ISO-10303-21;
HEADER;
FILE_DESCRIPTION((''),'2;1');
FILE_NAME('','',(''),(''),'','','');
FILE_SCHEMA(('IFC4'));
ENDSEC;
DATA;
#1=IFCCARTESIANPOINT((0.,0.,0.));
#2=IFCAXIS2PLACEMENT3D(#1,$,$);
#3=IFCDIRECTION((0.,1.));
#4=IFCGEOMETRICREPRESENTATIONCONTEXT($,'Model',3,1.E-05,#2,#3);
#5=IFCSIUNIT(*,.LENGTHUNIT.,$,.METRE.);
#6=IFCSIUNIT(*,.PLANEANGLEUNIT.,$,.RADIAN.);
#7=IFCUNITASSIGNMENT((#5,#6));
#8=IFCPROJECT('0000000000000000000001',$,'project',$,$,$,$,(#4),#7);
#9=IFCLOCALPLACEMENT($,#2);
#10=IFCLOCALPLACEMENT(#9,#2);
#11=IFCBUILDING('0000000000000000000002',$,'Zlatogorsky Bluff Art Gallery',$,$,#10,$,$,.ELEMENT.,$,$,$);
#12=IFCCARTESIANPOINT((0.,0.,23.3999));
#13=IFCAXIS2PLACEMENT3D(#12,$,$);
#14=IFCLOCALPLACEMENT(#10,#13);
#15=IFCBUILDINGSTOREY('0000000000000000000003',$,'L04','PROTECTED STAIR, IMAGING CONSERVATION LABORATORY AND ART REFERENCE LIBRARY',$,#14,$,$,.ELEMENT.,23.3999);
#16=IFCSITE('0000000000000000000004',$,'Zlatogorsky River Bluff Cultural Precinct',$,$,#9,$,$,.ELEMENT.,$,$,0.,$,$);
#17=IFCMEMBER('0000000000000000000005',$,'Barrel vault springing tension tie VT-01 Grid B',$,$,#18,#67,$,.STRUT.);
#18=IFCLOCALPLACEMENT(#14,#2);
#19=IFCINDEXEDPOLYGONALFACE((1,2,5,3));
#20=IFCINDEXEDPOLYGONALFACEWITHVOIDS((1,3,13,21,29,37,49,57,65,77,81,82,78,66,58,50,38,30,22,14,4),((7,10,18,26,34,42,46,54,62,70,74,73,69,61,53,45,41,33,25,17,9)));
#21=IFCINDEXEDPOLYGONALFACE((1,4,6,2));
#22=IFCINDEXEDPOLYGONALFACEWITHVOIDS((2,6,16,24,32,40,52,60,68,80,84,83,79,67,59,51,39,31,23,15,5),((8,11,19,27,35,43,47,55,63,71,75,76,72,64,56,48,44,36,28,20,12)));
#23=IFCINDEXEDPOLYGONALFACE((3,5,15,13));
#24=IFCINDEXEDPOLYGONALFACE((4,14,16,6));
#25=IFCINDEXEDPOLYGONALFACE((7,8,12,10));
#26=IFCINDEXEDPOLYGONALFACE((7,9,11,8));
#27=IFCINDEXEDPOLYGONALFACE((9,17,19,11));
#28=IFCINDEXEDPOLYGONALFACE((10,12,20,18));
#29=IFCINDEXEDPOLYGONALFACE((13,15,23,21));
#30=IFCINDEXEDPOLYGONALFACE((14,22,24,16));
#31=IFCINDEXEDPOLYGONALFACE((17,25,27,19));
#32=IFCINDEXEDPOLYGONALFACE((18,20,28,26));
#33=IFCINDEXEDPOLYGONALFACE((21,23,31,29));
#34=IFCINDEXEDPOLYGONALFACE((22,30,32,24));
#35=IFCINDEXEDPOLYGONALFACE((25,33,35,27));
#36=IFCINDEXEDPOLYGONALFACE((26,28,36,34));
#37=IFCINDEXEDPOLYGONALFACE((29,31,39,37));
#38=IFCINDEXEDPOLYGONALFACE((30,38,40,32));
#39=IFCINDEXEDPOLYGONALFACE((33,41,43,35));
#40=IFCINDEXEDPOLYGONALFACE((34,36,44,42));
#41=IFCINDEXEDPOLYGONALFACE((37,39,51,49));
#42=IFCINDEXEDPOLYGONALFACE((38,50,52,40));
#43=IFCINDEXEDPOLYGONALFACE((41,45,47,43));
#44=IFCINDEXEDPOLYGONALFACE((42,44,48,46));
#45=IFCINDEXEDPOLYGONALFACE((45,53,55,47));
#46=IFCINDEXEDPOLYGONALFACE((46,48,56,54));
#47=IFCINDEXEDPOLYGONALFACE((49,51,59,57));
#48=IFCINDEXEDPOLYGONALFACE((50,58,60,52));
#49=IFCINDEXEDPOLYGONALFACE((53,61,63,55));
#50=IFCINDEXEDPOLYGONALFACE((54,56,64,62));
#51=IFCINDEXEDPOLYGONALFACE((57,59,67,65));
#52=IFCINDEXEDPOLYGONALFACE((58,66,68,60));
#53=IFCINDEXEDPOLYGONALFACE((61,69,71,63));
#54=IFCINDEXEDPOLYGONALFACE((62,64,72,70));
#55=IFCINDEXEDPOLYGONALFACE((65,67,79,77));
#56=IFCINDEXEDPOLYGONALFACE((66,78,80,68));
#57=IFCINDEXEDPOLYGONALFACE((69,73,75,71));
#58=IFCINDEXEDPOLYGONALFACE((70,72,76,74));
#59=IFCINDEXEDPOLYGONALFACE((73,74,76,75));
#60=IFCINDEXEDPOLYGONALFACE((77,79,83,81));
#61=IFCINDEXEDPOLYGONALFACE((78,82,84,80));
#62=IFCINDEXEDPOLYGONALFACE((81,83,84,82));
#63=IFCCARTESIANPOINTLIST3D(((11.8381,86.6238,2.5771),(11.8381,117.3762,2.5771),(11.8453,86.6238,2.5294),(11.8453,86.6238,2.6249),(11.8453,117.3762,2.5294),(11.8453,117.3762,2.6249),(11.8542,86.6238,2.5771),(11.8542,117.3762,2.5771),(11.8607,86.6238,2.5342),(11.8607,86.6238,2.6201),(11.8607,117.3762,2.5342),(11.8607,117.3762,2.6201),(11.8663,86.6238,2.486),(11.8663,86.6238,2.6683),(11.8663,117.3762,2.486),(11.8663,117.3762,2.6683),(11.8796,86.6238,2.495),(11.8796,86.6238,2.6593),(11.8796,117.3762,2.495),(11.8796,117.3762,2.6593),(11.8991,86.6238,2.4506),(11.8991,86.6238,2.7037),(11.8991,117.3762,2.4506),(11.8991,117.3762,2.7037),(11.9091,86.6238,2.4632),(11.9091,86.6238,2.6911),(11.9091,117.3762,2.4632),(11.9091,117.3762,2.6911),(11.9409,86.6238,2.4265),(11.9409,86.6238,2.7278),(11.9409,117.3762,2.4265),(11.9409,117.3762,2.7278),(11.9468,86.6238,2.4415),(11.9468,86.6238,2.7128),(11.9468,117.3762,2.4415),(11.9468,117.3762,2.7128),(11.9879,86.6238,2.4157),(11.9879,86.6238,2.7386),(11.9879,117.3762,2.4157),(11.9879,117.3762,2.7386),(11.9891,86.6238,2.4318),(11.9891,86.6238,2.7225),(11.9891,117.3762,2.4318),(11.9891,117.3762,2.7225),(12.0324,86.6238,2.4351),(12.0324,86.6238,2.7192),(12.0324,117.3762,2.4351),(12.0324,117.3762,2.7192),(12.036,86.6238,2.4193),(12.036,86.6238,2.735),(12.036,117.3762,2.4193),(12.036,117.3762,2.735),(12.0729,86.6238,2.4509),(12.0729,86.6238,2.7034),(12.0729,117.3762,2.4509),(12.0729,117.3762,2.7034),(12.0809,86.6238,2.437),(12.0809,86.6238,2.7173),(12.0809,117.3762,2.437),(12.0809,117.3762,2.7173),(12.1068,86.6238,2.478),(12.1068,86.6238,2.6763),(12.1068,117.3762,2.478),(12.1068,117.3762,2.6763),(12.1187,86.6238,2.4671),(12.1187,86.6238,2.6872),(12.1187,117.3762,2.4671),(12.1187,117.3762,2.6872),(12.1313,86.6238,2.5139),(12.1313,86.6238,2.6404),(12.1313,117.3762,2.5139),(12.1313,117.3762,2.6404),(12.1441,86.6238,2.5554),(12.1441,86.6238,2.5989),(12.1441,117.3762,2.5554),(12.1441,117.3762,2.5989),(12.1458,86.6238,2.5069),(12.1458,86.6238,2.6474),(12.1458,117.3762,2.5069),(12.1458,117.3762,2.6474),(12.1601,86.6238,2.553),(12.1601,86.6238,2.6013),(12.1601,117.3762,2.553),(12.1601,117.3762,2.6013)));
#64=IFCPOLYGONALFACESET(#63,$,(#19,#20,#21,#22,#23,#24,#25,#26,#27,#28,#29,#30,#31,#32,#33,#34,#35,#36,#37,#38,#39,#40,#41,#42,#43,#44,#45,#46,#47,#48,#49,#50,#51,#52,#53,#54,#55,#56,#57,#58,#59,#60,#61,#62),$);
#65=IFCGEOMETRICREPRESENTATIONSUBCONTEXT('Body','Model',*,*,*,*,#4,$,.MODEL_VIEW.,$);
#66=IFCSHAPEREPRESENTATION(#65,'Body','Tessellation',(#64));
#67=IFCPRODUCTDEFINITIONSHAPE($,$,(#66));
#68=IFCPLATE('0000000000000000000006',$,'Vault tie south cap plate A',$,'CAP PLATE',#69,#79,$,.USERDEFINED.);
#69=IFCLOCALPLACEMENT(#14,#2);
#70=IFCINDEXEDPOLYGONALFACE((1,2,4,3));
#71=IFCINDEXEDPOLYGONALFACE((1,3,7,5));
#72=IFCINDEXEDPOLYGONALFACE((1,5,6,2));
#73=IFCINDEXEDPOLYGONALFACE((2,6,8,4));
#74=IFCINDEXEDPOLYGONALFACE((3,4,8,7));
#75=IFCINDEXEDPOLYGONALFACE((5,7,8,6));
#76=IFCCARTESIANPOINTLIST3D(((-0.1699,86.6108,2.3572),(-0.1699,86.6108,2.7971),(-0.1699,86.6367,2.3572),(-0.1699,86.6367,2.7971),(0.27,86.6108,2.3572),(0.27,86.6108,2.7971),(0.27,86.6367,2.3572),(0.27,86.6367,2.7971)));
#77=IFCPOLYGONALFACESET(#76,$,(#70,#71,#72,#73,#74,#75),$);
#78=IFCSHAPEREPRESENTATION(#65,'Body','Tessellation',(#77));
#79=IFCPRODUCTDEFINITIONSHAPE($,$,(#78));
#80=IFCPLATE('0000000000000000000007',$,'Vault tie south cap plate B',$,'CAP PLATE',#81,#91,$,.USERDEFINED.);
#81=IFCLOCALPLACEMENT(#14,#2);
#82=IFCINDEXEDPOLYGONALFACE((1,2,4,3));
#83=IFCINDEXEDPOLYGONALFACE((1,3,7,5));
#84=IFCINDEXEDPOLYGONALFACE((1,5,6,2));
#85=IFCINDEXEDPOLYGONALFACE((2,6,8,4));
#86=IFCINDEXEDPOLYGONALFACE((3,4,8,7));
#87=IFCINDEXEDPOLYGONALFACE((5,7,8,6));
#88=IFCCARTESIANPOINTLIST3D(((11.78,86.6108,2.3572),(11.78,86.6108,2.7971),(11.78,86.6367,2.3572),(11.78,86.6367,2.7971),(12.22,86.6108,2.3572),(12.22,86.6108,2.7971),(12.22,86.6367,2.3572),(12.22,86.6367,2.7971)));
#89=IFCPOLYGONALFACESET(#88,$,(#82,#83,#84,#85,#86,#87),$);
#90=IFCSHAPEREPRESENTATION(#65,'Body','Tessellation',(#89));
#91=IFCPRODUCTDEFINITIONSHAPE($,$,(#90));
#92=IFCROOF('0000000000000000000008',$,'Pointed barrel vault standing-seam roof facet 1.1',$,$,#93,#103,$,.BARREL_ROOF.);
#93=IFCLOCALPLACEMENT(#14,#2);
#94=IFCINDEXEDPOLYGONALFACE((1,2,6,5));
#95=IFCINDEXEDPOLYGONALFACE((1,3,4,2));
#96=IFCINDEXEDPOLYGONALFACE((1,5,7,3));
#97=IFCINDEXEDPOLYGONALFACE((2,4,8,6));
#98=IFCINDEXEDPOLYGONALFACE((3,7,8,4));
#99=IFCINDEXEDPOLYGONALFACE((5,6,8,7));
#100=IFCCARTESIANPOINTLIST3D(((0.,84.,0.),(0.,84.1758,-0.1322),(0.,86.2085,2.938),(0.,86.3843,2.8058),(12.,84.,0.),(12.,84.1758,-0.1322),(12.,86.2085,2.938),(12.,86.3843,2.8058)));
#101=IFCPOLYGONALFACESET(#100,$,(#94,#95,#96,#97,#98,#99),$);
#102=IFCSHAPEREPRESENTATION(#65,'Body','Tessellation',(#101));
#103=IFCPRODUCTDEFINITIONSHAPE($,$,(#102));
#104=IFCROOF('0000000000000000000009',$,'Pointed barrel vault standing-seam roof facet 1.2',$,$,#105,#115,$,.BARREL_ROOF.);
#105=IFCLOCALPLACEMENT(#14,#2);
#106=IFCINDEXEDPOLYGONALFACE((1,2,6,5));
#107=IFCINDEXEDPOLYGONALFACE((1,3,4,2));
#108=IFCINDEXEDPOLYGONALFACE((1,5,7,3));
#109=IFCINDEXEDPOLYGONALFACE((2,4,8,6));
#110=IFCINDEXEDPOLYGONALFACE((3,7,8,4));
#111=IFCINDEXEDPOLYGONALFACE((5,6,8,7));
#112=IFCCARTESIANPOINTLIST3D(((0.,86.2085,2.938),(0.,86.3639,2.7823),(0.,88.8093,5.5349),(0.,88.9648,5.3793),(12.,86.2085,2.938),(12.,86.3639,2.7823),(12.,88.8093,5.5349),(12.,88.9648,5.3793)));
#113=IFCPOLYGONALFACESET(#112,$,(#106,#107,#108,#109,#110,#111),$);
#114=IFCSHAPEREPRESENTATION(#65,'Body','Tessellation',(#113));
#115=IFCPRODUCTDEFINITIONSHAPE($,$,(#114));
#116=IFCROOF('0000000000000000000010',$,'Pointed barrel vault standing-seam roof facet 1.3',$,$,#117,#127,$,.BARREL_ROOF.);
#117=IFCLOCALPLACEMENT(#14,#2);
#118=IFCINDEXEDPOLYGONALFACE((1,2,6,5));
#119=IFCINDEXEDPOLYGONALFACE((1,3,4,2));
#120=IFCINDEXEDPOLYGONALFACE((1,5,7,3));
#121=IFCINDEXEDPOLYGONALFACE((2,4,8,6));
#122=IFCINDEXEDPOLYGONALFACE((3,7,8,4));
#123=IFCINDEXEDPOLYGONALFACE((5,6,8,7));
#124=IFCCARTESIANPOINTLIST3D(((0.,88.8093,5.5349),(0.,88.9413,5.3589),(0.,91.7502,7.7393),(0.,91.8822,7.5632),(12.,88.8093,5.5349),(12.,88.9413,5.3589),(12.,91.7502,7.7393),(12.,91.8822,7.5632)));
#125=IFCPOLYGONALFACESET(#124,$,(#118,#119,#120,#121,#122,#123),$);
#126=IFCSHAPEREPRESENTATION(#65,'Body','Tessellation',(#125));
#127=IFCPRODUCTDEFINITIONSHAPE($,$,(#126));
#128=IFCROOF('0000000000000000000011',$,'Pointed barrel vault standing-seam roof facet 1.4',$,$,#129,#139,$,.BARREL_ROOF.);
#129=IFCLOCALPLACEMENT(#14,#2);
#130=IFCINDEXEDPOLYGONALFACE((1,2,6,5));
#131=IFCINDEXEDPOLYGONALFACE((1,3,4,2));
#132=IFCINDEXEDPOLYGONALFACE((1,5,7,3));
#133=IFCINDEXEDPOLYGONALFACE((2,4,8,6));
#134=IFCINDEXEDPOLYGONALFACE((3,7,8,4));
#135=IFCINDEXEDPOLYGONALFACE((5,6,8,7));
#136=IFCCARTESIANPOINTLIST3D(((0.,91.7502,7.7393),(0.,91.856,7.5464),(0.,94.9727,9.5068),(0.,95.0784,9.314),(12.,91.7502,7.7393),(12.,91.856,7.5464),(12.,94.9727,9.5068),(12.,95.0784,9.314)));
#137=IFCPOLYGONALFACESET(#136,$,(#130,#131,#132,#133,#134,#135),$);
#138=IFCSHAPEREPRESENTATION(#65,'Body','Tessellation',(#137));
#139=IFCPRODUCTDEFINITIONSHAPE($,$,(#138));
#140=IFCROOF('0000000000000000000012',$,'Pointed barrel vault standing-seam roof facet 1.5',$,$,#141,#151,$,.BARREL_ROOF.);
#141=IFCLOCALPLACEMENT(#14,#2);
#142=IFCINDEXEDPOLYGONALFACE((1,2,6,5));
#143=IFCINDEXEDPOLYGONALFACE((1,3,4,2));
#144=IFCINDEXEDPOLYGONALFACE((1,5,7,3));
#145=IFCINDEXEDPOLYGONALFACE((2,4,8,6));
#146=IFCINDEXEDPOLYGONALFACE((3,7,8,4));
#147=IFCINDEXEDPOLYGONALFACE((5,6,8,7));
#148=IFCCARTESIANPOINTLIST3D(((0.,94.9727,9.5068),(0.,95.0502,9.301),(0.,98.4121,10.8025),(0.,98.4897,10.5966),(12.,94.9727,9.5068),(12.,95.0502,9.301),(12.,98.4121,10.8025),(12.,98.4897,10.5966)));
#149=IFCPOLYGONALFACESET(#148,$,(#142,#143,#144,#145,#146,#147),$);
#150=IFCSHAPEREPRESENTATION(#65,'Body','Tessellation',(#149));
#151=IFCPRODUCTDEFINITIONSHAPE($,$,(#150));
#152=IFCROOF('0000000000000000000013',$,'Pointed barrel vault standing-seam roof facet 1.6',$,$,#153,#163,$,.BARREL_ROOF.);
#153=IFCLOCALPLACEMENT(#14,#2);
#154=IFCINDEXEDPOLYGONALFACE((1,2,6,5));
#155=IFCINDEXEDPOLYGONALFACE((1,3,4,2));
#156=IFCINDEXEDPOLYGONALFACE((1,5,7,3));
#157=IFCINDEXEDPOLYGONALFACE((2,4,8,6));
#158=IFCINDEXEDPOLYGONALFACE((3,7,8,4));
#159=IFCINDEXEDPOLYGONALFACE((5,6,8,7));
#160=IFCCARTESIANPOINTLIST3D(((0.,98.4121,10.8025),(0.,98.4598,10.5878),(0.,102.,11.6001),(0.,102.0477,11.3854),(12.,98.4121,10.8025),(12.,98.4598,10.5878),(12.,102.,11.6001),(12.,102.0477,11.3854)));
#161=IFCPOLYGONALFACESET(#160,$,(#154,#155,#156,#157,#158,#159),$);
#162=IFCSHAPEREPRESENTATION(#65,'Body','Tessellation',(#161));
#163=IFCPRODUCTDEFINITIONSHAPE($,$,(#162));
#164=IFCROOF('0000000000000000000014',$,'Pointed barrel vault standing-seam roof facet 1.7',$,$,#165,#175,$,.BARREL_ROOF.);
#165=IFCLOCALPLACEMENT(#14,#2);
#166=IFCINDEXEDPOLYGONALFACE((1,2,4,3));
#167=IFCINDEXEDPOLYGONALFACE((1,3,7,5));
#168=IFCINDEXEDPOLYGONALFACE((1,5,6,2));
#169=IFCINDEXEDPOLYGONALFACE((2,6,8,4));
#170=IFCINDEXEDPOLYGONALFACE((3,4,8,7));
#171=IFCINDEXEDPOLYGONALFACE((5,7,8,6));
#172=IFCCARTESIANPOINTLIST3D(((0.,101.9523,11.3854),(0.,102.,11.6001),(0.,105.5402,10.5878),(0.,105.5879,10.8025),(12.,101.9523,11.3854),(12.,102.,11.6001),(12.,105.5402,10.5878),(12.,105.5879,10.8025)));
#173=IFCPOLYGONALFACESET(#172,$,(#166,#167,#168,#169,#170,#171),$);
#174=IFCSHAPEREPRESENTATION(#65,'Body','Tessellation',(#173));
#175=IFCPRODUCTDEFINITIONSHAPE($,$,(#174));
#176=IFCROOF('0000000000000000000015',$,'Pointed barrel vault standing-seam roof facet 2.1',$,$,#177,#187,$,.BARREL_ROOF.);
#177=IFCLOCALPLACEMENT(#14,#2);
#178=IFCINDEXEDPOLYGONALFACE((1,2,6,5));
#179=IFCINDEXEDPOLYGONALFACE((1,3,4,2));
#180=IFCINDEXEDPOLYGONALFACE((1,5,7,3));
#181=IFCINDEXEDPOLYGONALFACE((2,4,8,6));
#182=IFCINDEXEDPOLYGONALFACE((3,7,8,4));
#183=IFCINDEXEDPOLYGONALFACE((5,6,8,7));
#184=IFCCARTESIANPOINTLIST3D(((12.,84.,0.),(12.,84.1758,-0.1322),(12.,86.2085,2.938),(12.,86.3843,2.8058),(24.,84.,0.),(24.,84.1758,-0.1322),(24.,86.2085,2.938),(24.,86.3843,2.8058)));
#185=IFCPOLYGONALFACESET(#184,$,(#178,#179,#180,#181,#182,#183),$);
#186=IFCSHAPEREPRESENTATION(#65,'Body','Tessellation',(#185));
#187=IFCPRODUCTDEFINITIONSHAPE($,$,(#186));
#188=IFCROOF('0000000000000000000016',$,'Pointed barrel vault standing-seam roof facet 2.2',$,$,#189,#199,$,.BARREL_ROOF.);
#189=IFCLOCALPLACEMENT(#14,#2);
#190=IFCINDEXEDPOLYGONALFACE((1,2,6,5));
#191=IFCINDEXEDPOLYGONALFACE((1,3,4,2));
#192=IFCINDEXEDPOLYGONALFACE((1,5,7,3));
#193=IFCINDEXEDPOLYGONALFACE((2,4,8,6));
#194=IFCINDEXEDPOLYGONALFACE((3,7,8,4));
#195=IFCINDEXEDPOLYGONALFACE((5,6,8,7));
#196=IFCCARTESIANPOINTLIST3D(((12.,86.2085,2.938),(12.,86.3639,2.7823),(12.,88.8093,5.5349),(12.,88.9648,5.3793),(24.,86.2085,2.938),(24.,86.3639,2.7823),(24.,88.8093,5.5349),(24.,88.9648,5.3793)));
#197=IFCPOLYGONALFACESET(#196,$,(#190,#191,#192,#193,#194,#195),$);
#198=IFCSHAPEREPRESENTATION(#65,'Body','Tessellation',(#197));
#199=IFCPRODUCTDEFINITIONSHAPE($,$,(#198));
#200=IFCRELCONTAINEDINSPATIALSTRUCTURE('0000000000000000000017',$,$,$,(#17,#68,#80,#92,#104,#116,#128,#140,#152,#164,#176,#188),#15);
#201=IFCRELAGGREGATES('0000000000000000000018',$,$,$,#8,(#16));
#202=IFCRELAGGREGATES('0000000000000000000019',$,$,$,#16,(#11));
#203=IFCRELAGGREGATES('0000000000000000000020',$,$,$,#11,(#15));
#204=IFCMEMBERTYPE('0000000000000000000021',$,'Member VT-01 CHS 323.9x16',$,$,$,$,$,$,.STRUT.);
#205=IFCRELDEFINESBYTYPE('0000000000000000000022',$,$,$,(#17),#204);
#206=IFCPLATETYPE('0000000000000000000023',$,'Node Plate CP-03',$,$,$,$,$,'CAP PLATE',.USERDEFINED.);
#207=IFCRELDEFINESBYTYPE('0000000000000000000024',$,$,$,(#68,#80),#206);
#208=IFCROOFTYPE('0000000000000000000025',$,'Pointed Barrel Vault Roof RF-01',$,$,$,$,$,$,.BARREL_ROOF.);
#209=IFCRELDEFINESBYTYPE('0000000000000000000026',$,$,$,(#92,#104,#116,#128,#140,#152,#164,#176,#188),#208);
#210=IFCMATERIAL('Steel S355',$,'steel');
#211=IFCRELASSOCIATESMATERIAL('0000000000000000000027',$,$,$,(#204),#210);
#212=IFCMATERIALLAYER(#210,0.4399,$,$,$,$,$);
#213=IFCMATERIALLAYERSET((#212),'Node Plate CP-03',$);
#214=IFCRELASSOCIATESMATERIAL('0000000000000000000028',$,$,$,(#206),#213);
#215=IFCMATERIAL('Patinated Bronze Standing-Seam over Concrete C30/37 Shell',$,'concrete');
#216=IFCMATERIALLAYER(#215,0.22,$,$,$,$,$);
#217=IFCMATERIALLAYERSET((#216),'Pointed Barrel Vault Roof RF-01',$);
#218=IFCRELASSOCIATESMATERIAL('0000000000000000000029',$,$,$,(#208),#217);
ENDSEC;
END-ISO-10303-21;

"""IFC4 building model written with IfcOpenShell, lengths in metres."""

from ifc_helpers import new_model, si_unit, direction, frame, origin, origin_2d, place, context, subcontext, project, spatial, polyline, rectangle, hollow_circle, outline, extrude, material, layer, layer_set, material_profile, profile_set, type_object, element, save


model = new_model("IFC4")

# Units and contexts
model_context = context("Model", 3, precision=1e-05, world=origin(), true_north=direction((0.0, 1.0)))
body_context = subcontext(model_context, "Body", "Model", "MODEL_VIEW")
ifc_project = project(units=[si_unit("LENGTHUNIT", "METRE"), si_unit("PLANEANGLEUNIT", "RADIAN")], contexts=[model_context])

# Site, building, storey
site_placement = place(None, origin())
site = spatial("IfcSite", under=ifc_project, at=site_placement, Name="Zlatogorsky River Bluff Cultural Precinct", CompositionType="ELEMENT", RefElevation=0.0)
building_placement = place(site_placement, origin())
building = spatial("IfcBuilding", under=site, at=building_placement, Name="Zlatogorsky Bluff Art Gallery", CompositionType="ELEMENT")
storey_placement = place(building_placement, frame((0.0, 0.0, 23.3999)))
storey = spatial("IfcBuildingStorey", under=building, at=storey_placement, Name="L04", Description="PROTECTED STAIR, IMAGING CONSERVATION LABORATORY AND ART REFERENCE LIBRARY", CompositionType="ELEMENT", Elevation=23.3999)

# Shared definitions
ifc_material_1 = material(Name="Steel S355", Category="steel")

# Member
ifc_material_profile_1 = material_profile(ifc_material_1, hollow_circle(Radius=0.1619, WallThickness=0.0161, at=origin_2d()), Name="CHS 323.9x16")
ifc_profile_set_1 = profile_set([ifc_material_profile_1], Name="Steel S355")
member_type = type_object("IfcMemberType", Name="Member VT-01 CHS 323.9x16", PredefinedType="STRUT", material=ifc_profile_set_1)
for number, where, z_axis, x_axis, name in (
    (1, (12.0, 86.6238, 2.5771), (0.0, 1.0, 0.0), (-1.0, 0.0, 0.0), "Barrel vault springing tension tie VT-01 Grid B"),
):
    element("IfcMember", number, at=place(storey_placement, frame(where, z_axis=z_axis, x_axis=x_axis)), inside=storey, type_object=member_type, Name=name, PredefinedType="STRUT", context=body_context, shape_type="SweptSolid", body=[
        extrude(hollow_circle(Radius=0.1619, WallThickness=0.0161, at=origin_2d()), origin(), (0.0, 0.0, 1.0), 30.7524),
    ])

# Plates
ifc_layer_1 = layer(ifc_material_1, 0.4399)
ifc_layer_set_1 = layer_set([ifc_layer_1], Name="Node Plate CP-03")
plate_type = type_object("IfcPlateType", Name="Node Plate CP-03", ElementType="CAP PLATE", PredefinedType="USERDEFINED", material=ifc_layer_set_1)
for number, where, z_axis, x_axis, name in (
    (2, (0.05, 86.6238, 2.3572), (0.0, 0.0, 1.0), (1.0, 0.0, 0.0), "Vault tie south cap plate A"),
    (3, (12.0, 86.6238, 2.3572), (0.0, 0.0, 1.0), (1.0, 0.0, 0.0), "Vault tie south cap plate B"),
):
    element("IfcPlate", number, at=place(storey_placement, frame(where, z_axis=z_axis, x_axis=x_axis)), inside=storey, type_object=plate_type, Name=name, ObjectType="CAP PLATE", PredefinedType="USERDEFINED", context=body_context, shape_type="SweptSolid", body=[
        extrude(rectangle(XDim=0.4399, YDim=0.0259, at=origin_2d()), origin(), (0.0, 0.0, 1.0), 0.4399),
    ])

# Roofs
ifc_material_2 = material(Name="Patinated Bronze Standing-Seam over Concrete C30/37 Shell", Category="concrete")
ifc_layer_2 = layer(ifc_material_2, 0.22)
ifc_layer_set_2 = layer_set([ifc_layer_2], Name="Pointed Barrel Vault Roof RF-01")
roof_type = type_object("IfcRoofType", Name="Pointed Barrel Vault Roof RF-01", PredefinedType="BARREL_ROOF", material=ifc_layer_set_2)
roof_1_placement = place(storey_placement, frame((0.0, 84.0, 0.0), z_axis=(0.0, -0.799346, 0.600871), x_axis=(1.0, 0.0, 0.0)))
element("IfcRoof", 4, at=roof_1_placement, inside=storey, type_object=roof_type, Name="Pointed barrel vault standing-seam roof facet 1.1", PredefinedType="BARREL_ROOF", context=body_context, shape_type="SweptSolid", body=[
    extrude(outline(polyline([(0.0, 0.0), (12.0, 0.0), (12.0, 3.6755), (0.0, 3.6755), (0.0, 0.0)])), origin(), (0.0, 0.0, -1.0), 0.22),
])
roof_2_placement = place(storey_placement, frame((0.0, 86.2085, 2.938), z_axis=(0.0, -0.706575, 0.707638), x_axis=(1.0, 0.0, 0.0)))
element("IfcRoof", 5, at=roof_2_placement, inside=storey, type_object=roof_type, Name="Pointed barrel vault standing-seam roof facet 1.2", PredefinedType="BARREL_ROOF", context=body_context, shape_type="SweptSolid", body=[
    extrude(outline(polyline([(0.0, 0.0), (12.0, 0.0), (12.0, 3.6754), (0.0, 3.6754), (0.0, 0.0)])), origin(), (0.0, 0.0, -1.0), 0.22),
])
roof_3_placement = place(storey_placement, frame((0.0, 88.8093, 5.5349), z_axis=(0.0, -0.599766, 0.800175), x_axis=(1.0, 0.0, 0.0)))
element("IfcRoof", 6, at=roof_3_placement, inside=storey, type_object=roof_type, Name="Pointed barrel vault standing-seam roof facet 1.3", PredefinedType="BARREL_ROOF", context=body_context, shape_type="SweptSolid", body=[
    extrude(outline(polyline([(0.0, 0.0), (12.0, 0.0), (12.0, 3.6753), (0.0, 3.6753), (0.0, 0.0)])), origin(), (0.0, 0.0, -1.0), 0.22),
])
roof_4_placement = place(storey_placement, frame((0.0, 91.7502, 7.7393), z_axis=(0.0, -0.480927, 0.876761), x_axis=(1.0, 0.0, 0.0)))
element("IfcRoof", 7, at=roof_4_placement, inside=storey, type_object=roof_type, Name="Pointed barrel vault standing-seam roof facet 1.4", PredefinedType="BARREL_ROOF", context=body_context, shape_type="SweptSolid", body=[
    extrude(outline(polyline([(0.0, 0.0), (12.0, 0.0), (12.0, 3.6754), (0.0, 3.6754), (0.0, 0.0)])), origin(), (0.0, 0.0, -1.0), 0.22),
])
roof_5_placement = place(storey_placement, frame((0.0, 94.9727, 9.5068), z_axis=(0.0, -0.352521, 0.935804), x_axis=(1.0, 0.0, 0.0)))
element("IfcRoof", 8, at=roof_5_placement, inside=storey, type_object=roof_type, Name="Pointed barrel vault standing-seam roof facet 1.5", PredefinedType="BARREL_ROOF", context=body_context, shape_type="SweptSolid", body=[
    extrude(outline(polyline([(0.0, 0.0), (12.0, 0.0), (12.0, 3.6754), (0.0, 3.6754), (0.0, 0.0)])), origin(), (0.0, 0.0, -1.0), 0.22),
])
for number, where, z_axis, x_axis, name in (
    (9, (0.0, 98.4121, 10.8025), (0.0, -0.217008, 0.97617), (1.0, 0.0, 0.0), "Pointed barrel vault standing-seam roof facet 1.6"),
    (10, (0.0, 102.0, 11.6001), (0.0, 0.217008, 0.97617), (1.0, 0.0, 0.0), "Pointed barrel vault standing-seam roof facet 1.7"),
):
    element("IfcRoof", number, at=place(storey_placement, frame(where, z_axis=z_axis, x_axis=x_axis)), inside=storey, type_object=roof_type, Name=name, PredefinedType="BARREL_ROOF", context=body_context, shape_type="SweptSolid", body=[
        extrude(outline(polyline([(0.0, 0.0), (12.0, 0.0), (12.0, 3.6755), (0.0, 3.6755), (0.0, 0.0)])), origin(), (0.0, 0.0, -1.0), 0.22),
    ])
roof_6_placement = place(storey_placement, frame((12.0, 84.0, 0.0), z_axis=(0.0, -0.799346, 0.600871), x_axis=(1.0, 0.0, 0.0)))
element("IfcRoof", 11, at=roof_6_placement, inside=storey, type_object=roof_type, Name="Pointed barrel vault standing-seam roof facet 2.1", PredefinedType="BARREL_ROOF", context=body_context, shape_type="SweptSolid", body=[
    extrude(outline(polyline([(0.0, 0.0), (12.0, 0.0), (12.0, 3.6755), (0.0, 3.6755), (0.0, 0.0)])), origin(), (0.0, 0.0, -1.0), 0.22),
])
roof_7_placement = place(storey_placement, frame((12.0, 86.2085, 2.938), z_axis=(0.0, -0.706575, 0.707638), x_axis=(1.0, 0.0, 0.0)))
element("IfcRoof", 12, at=roof_7_placement, inside=storey, type_object=roof_type, Name="Pointed barrel vault standing-seam roof facet 2.2", PredefinedType="BARREL_ROOF", context=body_context, shape_type="SweptSolid", body=[
    extrude(outline(polyline([(0.0, 0.0), (12.0, 0.0), (12.0, 3.6754), (0.0, 3.6754), (0.0, 0.0)])), origin(), (0.0, 0.0, -1.0), 0.22),
])

save(model, "model.ifc")
